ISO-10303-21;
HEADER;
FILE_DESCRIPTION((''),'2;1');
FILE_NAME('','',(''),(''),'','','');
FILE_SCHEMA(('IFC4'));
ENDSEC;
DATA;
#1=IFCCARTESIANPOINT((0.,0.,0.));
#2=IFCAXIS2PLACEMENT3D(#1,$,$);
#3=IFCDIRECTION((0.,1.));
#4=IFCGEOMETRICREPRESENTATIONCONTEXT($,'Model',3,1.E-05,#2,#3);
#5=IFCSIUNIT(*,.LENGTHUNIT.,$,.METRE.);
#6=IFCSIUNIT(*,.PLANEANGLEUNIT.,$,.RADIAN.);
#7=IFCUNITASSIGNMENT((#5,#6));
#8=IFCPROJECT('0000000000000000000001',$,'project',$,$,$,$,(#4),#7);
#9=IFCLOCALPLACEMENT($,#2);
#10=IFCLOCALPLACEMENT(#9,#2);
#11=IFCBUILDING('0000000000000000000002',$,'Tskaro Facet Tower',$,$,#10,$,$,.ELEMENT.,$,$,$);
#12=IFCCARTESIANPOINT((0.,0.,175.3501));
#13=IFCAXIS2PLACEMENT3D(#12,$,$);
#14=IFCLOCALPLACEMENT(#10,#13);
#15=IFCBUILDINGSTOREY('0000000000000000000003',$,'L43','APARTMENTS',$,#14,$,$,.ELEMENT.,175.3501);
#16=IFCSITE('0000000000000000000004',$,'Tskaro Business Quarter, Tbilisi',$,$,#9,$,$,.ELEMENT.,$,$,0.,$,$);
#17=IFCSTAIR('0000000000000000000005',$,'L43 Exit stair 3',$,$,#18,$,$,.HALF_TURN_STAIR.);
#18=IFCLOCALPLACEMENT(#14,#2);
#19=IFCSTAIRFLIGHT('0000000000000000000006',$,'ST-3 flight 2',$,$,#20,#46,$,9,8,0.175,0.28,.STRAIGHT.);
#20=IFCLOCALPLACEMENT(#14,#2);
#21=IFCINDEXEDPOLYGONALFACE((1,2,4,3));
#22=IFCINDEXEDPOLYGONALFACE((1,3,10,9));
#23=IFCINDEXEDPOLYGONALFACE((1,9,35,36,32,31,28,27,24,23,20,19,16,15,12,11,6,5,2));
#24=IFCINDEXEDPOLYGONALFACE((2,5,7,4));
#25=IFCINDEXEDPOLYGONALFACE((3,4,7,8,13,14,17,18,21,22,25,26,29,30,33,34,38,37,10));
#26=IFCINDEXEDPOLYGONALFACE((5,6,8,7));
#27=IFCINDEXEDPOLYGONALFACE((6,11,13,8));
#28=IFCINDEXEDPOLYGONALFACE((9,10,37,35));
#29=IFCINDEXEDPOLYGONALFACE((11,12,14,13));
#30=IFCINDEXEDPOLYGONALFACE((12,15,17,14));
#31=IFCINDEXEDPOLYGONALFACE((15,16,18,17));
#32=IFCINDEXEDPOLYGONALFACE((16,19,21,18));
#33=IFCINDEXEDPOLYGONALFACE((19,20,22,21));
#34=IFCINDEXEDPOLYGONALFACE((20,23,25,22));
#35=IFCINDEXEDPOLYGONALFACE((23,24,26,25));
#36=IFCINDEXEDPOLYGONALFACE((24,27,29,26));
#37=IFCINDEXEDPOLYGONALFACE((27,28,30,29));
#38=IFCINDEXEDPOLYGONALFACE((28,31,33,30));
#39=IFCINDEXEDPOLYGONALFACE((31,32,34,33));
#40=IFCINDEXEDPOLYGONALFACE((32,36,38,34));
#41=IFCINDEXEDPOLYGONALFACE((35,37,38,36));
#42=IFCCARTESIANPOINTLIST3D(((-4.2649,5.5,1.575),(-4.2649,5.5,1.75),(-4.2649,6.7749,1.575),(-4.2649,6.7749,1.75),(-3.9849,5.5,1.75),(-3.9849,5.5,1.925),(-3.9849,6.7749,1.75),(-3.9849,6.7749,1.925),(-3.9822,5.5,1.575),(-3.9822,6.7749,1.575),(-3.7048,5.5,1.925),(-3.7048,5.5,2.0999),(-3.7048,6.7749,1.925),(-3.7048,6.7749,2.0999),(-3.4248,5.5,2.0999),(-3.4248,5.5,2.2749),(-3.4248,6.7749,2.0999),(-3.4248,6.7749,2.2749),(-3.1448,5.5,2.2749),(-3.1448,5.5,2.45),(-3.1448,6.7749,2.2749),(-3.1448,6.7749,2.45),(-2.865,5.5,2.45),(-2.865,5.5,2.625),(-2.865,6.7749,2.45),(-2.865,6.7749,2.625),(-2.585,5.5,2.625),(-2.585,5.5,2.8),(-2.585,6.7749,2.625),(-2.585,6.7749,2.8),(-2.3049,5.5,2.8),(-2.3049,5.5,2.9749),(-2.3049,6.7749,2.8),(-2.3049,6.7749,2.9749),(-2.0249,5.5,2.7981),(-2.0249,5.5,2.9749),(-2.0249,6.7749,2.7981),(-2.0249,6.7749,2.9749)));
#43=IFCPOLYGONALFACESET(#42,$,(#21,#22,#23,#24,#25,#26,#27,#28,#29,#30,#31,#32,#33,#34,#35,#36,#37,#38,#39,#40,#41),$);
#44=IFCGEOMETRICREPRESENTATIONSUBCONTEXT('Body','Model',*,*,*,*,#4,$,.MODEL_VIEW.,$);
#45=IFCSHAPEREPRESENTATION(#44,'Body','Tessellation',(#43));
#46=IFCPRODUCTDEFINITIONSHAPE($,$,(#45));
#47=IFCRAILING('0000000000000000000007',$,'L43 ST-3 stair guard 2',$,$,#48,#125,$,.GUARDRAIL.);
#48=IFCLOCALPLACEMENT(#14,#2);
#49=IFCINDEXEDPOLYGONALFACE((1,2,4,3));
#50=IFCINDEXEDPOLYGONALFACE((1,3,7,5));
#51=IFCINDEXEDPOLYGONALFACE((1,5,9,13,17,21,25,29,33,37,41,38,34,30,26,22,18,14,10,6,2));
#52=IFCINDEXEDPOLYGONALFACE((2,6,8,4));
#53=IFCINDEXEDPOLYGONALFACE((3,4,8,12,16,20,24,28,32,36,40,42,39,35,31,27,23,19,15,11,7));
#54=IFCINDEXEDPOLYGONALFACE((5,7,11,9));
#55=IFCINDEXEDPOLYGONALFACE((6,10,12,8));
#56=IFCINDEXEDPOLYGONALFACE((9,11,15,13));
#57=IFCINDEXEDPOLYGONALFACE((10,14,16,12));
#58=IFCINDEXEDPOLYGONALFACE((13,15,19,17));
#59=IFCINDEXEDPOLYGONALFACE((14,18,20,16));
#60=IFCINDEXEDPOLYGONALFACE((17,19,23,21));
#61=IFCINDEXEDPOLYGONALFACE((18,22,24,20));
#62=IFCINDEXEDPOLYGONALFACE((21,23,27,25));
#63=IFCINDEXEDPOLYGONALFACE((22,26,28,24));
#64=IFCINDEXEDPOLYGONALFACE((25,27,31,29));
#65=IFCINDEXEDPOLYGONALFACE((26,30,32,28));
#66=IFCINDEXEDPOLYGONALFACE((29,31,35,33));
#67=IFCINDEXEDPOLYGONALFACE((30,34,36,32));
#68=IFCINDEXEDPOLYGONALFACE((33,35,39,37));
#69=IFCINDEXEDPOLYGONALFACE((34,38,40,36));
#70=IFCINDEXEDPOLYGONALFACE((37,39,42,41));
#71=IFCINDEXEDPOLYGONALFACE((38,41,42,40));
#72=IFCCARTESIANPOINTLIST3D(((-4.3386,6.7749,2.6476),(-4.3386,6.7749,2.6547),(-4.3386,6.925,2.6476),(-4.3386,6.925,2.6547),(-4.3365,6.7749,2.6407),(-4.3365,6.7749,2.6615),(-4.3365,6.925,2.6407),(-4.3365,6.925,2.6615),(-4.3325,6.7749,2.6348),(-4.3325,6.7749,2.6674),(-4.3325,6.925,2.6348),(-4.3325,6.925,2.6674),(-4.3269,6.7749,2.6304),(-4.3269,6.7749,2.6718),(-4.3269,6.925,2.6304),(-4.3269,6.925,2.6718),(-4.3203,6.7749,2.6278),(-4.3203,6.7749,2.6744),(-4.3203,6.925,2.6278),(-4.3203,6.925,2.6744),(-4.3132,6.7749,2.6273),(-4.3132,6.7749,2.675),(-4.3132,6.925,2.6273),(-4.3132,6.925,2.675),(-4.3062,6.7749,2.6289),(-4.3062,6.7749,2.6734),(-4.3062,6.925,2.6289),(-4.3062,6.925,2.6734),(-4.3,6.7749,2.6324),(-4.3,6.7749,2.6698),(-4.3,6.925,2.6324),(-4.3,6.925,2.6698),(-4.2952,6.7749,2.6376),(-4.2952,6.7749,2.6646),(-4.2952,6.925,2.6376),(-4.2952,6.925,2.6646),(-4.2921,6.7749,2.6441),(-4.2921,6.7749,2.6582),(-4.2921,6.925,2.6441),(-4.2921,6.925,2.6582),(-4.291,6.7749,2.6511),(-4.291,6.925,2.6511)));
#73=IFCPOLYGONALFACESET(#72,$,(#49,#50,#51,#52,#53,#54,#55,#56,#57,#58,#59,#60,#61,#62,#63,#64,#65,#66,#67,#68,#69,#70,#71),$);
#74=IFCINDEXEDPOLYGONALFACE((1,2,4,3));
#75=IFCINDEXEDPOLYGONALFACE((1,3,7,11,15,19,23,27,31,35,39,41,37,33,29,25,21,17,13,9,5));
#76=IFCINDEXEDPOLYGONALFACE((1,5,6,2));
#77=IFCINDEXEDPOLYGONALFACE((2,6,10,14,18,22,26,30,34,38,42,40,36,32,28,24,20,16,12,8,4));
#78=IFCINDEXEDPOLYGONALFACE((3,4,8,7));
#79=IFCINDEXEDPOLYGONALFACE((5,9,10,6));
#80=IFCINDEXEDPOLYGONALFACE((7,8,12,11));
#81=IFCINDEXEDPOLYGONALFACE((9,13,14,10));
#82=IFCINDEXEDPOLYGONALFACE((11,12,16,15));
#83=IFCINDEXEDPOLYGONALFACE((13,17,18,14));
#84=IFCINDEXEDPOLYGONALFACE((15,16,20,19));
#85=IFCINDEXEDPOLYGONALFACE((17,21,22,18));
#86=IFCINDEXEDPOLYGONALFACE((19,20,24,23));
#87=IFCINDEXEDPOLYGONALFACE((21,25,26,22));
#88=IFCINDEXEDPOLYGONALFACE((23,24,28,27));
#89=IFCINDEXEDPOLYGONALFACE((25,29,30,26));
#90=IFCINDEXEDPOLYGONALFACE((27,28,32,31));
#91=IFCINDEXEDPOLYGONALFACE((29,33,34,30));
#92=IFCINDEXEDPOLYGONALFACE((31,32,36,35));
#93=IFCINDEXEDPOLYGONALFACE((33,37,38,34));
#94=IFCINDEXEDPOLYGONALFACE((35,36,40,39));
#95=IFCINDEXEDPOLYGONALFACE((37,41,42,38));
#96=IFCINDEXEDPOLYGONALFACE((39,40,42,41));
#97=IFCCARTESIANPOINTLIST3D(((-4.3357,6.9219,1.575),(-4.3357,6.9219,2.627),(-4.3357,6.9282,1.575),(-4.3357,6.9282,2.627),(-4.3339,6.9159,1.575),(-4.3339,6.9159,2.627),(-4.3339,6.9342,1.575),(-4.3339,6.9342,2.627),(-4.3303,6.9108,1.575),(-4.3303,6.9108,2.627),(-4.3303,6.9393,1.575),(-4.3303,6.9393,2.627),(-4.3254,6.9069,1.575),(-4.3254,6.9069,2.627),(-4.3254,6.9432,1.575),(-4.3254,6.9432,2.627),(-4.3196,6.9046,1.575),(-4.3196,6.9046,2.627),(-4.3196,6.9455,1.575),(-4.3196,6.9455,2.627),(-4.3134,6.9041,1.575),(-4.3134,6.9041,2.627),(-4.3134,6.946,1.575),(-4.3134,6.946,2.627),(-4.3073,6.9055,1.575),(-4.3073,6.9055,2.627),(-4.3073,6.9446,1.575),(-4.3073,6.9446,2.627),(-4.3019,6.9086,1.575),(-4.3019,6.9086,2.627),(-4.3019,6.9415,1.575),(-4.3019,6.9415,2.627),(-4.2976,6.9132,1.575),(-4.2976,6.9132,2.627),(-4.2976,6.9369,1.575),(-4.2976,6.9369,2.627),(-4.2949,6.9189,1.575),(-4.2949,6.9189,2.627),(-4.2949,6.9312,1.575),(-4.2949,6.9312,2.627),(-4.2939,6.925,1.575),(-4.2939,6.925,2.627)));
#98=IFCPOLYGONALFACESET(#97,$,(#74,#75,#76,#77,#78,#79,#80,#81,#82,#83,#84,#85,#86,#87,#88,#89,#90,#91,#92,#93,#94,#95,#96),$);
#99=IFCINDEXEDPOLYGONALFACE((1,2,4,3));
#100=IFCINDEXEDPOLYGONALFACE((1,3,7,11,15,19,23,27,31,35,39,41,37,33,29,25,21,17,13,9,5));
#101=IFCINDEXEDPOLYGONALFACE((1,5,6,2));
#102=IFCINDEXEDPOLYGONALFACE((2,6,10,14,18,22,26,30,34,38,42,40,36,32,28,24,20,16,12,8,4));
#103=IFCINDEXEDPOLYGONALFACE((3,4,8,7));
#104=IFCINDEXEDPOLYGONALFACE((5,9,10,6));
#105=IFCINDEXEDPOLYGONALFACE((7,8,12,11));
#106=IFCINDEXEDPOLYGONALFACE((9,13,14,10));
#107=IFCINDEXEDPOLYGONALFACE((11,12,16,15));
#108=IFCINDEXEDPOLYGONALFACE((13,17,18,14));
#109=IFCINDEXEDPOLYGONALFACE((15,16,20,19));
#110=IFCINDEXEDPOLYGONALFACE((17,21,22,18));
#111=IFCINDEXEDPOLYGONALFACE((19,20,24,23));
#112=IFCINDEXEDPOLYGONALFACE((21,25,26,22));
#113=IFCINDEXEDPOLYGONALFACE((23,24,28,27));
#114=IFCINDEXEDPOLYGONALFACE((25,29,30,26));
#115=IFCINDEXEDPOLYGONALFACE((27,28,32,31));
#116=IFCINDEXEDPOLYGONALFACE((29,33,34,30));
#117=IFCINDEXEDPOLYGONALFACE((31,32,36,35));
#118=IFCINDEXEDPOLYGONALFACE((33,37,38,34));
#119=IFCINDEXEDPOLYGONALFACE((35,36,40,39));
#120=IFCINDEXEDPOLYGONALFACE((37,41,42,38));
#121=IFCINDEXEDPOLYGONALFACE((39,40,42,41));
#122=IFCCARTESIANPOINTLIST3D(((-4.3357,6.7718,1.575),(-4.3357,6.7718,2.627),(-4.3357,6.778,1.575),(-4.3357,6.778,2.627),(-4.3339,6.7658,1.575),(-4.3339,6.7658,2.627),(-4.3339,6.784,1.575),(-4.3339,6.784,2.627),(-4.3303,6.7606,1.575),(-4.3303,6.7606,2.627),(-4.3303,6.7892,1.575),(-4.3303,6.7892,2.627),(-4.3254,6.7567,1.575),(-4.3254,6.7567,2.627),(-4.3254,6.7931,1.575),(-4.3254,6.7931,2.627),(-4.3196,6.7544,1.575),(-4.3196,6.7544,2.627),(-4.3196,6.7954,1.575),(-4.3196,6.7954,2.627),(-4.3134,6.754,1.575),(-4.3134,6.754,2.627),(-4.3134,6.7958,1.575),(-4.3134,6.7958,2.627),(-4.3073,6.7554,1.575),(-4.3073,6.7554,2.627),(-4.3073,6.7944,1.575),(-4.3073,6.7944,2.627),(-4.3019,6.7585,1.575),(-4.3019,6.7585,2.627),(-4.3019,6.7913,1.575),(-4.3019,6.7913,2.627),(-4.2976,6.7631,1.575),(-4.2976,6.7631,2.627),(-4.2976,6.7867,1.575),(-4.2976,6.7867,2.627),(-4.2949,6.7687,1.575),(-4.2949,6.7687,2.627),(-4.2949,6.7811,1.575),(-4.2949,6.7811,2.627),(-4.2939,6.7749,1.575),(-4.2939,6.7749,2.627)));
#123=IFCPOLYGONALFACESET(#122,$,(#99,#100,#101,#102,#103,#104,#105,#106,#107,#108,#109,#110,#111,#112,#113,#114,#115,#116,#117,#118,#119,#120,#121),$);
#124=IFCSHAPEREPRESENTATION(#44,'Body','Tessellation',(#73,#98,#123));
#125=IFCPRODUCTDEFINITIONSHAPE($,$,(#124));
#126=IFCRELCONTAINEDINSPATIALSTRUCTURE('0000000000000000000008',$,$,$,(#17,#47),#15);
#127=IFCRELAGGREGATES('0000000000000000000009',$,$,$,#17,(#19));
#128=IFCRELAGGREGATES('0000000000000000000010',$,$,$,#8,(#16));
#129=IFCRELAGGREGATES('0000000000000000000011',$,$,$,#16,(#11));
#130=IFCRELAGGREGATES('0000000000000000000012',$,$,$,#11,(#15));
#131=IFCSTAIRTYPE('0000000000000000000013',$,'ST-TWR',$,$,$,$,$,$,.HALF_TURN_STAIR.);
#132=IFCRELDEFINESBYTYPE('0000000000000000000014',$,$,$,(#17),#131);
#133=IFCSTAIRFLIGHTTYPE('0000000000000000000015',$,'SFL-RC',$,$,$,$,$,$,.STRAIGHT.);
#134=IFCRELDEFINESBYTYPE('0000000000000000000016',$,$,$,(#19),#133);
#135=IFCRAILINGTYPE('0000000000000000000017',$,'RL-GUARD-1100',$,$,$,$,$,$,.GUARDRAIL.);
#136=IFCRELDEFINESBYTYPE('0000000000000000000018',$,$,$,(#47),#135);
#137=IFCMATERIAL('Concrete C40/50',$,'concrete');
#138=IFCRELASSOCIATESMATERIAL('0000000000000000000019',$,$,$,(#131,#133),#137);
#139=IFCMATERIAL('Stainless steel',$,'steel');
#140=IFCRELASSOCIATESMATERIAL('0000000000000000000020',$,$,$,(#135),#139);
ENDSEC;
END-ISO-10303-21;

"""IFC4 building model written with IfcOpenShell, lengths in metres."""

from ifc_helpers import new_model, si_unit, direction, frame, origin, origin_2d, place, context, subcontext, project, spatial, polyline, circle, outline, extrude, material, type_object, element, aggregate, save


model = new_model("IFC4")

# Units and contexts
model_context = context("Model", 3, precision=1e-05, world=origin(), true_north=direction((0.0, 1.0)))
body_context = subcontext(model_context, "Body", "Model", "MODEL_VIEW")
ifc_project = project(units=[si_unit("LENGTHUNIT", "METRE"), si_unit("PLANEANGLEUNIT", "RADIAN")], contexts=[model_context])

# Site, building, storey
site_placement = place(None, origin())
site = spatial("IfcSite", under=ifc_project, at=site_placement, Name="Tskaro Business Quarter, Tbilisi", CompositionType="ELEMENT", RefElevation=0.0)
building_placement = place(site_placement, origin())
building = spatial("IfcBuilding", under=site, at=building_placement, Name="Tskaro Facet Tower", CompositionType="ELEMENT")
storey_placement = place(building_placement, frame((0.0, 0.0, 175.3501)))
storey = spatial("IfcBuildingStorey", under=building, at=storey_placement, Name="L43", Description="APARTMENTS", CompositionType="ELEMENT", Elevation=175.3501)

# Shared definitions
ifc_material_1 = material(Name="Concrete C40/50", Category="concrete")

# Stair, stair flight
stair_type = type_object("IfcStairType", Name="ST-TWR", PredefinedType="HALF_TURN_STAIR", material=ifc_material_1)
stair_placement = place(storey_placement, origin())
stair = element("IfcStair", 1, at=stair_placement, inside=storey, type_object=stair_type, Name="L43 Exit stair 3", PredefinedType="HALF_TURN_STAIR")
stair_flight_type = type_object("IfcStairFlightType", Name="SFL-RC", PredefinedType="STRAIGHT", material=ifc_material_1)
stair_flight_placement = place(storey_placement, frame((-4.2649, 6.1375, 1.575), z_axis=(0.0, 0.0, 1.0), x_axis=(1.0, 0.0, 0.0)))
stair_flight = element("IfcStairFlight", 2, at=stair_flight_placement, type_object=stair_flight_type, Name="ST-3 flight 2", NumberOfRisers=9, NumberOfTreads=8, PredefinedType="STRAIGHT", RiserHeight=0.175, TreadLength=0.28, context=body_context, shape_type="SweptSolid", body=[
    extrude(outline(polyline([(0.0, 0.0), (0.0, 0.175), (0.28, 0.175), (0.28, 0.3501), (0.5601, 0.3501), (0.5601, 0.5249), (0.8401, 0.5249), (0.8401, 0.7), (1.1201, 0.7), (1.1201, 0.875), (1.3999, 0.875), (1.3999, 1.05), (1.6799, 1.05), (1.6799, 1.2251), (1.96, 1.2251), (1.96, 1.3999), (2.24, 1.3999), (2.24, 1.575), (2.24, 1.2231), (0.2827, 0.0), (0.0, 0.0)])), frame((0.0, 0.6375, 0.0), z_axis=(0.0, -1.0, 0.0), x_axis=(1.0, 0.0, 0.0)), (0.0, 0.0, 1.0), 1.2749),
])
aggregate(stair, [stair_flight])

# Railing
ifc_material_2 = material(Name="Stainless steel", Category="steel")
railing_type_1 = type_object("IfcRailingType", Name="RL-GUARD-1100", PredefinedType="GUARDRAIL", material=ifc_material_2)
railing_1_placement = place(storey_placement, frame((-4.3149, 6.925, 1.575)))
element("IfcRailing", 3, at=railing_1_placement, inside=storey, type_object=railing_type_1, Name="L43 ST-3 stair guard 2", PredefinedType="GUARDRAIL", context=body_context, shape_type="SweptSolid", body=[
    extrude(circle(Radius=0.0239, at=origin_2d()), frame((0.0, 0.0, 1.0762), z_axis=(0.0, -1.0, 0.0), x_axis=(1.0, 0.0, 0.0)), (0.0, 0.0, 1.0), 0.1501),
    extrude(circle(Radius=0.021, at=origin_2d()), origin(), (0.0, 0.0, 1.0), 1.052),
    extrude(circle(Radius=0.021, at=origin_2d()), frame((0.0, -0.1501, 0.0)), (0.0, 0.0, 1.0), 1.052),
])

save(model, "model.ifc")
